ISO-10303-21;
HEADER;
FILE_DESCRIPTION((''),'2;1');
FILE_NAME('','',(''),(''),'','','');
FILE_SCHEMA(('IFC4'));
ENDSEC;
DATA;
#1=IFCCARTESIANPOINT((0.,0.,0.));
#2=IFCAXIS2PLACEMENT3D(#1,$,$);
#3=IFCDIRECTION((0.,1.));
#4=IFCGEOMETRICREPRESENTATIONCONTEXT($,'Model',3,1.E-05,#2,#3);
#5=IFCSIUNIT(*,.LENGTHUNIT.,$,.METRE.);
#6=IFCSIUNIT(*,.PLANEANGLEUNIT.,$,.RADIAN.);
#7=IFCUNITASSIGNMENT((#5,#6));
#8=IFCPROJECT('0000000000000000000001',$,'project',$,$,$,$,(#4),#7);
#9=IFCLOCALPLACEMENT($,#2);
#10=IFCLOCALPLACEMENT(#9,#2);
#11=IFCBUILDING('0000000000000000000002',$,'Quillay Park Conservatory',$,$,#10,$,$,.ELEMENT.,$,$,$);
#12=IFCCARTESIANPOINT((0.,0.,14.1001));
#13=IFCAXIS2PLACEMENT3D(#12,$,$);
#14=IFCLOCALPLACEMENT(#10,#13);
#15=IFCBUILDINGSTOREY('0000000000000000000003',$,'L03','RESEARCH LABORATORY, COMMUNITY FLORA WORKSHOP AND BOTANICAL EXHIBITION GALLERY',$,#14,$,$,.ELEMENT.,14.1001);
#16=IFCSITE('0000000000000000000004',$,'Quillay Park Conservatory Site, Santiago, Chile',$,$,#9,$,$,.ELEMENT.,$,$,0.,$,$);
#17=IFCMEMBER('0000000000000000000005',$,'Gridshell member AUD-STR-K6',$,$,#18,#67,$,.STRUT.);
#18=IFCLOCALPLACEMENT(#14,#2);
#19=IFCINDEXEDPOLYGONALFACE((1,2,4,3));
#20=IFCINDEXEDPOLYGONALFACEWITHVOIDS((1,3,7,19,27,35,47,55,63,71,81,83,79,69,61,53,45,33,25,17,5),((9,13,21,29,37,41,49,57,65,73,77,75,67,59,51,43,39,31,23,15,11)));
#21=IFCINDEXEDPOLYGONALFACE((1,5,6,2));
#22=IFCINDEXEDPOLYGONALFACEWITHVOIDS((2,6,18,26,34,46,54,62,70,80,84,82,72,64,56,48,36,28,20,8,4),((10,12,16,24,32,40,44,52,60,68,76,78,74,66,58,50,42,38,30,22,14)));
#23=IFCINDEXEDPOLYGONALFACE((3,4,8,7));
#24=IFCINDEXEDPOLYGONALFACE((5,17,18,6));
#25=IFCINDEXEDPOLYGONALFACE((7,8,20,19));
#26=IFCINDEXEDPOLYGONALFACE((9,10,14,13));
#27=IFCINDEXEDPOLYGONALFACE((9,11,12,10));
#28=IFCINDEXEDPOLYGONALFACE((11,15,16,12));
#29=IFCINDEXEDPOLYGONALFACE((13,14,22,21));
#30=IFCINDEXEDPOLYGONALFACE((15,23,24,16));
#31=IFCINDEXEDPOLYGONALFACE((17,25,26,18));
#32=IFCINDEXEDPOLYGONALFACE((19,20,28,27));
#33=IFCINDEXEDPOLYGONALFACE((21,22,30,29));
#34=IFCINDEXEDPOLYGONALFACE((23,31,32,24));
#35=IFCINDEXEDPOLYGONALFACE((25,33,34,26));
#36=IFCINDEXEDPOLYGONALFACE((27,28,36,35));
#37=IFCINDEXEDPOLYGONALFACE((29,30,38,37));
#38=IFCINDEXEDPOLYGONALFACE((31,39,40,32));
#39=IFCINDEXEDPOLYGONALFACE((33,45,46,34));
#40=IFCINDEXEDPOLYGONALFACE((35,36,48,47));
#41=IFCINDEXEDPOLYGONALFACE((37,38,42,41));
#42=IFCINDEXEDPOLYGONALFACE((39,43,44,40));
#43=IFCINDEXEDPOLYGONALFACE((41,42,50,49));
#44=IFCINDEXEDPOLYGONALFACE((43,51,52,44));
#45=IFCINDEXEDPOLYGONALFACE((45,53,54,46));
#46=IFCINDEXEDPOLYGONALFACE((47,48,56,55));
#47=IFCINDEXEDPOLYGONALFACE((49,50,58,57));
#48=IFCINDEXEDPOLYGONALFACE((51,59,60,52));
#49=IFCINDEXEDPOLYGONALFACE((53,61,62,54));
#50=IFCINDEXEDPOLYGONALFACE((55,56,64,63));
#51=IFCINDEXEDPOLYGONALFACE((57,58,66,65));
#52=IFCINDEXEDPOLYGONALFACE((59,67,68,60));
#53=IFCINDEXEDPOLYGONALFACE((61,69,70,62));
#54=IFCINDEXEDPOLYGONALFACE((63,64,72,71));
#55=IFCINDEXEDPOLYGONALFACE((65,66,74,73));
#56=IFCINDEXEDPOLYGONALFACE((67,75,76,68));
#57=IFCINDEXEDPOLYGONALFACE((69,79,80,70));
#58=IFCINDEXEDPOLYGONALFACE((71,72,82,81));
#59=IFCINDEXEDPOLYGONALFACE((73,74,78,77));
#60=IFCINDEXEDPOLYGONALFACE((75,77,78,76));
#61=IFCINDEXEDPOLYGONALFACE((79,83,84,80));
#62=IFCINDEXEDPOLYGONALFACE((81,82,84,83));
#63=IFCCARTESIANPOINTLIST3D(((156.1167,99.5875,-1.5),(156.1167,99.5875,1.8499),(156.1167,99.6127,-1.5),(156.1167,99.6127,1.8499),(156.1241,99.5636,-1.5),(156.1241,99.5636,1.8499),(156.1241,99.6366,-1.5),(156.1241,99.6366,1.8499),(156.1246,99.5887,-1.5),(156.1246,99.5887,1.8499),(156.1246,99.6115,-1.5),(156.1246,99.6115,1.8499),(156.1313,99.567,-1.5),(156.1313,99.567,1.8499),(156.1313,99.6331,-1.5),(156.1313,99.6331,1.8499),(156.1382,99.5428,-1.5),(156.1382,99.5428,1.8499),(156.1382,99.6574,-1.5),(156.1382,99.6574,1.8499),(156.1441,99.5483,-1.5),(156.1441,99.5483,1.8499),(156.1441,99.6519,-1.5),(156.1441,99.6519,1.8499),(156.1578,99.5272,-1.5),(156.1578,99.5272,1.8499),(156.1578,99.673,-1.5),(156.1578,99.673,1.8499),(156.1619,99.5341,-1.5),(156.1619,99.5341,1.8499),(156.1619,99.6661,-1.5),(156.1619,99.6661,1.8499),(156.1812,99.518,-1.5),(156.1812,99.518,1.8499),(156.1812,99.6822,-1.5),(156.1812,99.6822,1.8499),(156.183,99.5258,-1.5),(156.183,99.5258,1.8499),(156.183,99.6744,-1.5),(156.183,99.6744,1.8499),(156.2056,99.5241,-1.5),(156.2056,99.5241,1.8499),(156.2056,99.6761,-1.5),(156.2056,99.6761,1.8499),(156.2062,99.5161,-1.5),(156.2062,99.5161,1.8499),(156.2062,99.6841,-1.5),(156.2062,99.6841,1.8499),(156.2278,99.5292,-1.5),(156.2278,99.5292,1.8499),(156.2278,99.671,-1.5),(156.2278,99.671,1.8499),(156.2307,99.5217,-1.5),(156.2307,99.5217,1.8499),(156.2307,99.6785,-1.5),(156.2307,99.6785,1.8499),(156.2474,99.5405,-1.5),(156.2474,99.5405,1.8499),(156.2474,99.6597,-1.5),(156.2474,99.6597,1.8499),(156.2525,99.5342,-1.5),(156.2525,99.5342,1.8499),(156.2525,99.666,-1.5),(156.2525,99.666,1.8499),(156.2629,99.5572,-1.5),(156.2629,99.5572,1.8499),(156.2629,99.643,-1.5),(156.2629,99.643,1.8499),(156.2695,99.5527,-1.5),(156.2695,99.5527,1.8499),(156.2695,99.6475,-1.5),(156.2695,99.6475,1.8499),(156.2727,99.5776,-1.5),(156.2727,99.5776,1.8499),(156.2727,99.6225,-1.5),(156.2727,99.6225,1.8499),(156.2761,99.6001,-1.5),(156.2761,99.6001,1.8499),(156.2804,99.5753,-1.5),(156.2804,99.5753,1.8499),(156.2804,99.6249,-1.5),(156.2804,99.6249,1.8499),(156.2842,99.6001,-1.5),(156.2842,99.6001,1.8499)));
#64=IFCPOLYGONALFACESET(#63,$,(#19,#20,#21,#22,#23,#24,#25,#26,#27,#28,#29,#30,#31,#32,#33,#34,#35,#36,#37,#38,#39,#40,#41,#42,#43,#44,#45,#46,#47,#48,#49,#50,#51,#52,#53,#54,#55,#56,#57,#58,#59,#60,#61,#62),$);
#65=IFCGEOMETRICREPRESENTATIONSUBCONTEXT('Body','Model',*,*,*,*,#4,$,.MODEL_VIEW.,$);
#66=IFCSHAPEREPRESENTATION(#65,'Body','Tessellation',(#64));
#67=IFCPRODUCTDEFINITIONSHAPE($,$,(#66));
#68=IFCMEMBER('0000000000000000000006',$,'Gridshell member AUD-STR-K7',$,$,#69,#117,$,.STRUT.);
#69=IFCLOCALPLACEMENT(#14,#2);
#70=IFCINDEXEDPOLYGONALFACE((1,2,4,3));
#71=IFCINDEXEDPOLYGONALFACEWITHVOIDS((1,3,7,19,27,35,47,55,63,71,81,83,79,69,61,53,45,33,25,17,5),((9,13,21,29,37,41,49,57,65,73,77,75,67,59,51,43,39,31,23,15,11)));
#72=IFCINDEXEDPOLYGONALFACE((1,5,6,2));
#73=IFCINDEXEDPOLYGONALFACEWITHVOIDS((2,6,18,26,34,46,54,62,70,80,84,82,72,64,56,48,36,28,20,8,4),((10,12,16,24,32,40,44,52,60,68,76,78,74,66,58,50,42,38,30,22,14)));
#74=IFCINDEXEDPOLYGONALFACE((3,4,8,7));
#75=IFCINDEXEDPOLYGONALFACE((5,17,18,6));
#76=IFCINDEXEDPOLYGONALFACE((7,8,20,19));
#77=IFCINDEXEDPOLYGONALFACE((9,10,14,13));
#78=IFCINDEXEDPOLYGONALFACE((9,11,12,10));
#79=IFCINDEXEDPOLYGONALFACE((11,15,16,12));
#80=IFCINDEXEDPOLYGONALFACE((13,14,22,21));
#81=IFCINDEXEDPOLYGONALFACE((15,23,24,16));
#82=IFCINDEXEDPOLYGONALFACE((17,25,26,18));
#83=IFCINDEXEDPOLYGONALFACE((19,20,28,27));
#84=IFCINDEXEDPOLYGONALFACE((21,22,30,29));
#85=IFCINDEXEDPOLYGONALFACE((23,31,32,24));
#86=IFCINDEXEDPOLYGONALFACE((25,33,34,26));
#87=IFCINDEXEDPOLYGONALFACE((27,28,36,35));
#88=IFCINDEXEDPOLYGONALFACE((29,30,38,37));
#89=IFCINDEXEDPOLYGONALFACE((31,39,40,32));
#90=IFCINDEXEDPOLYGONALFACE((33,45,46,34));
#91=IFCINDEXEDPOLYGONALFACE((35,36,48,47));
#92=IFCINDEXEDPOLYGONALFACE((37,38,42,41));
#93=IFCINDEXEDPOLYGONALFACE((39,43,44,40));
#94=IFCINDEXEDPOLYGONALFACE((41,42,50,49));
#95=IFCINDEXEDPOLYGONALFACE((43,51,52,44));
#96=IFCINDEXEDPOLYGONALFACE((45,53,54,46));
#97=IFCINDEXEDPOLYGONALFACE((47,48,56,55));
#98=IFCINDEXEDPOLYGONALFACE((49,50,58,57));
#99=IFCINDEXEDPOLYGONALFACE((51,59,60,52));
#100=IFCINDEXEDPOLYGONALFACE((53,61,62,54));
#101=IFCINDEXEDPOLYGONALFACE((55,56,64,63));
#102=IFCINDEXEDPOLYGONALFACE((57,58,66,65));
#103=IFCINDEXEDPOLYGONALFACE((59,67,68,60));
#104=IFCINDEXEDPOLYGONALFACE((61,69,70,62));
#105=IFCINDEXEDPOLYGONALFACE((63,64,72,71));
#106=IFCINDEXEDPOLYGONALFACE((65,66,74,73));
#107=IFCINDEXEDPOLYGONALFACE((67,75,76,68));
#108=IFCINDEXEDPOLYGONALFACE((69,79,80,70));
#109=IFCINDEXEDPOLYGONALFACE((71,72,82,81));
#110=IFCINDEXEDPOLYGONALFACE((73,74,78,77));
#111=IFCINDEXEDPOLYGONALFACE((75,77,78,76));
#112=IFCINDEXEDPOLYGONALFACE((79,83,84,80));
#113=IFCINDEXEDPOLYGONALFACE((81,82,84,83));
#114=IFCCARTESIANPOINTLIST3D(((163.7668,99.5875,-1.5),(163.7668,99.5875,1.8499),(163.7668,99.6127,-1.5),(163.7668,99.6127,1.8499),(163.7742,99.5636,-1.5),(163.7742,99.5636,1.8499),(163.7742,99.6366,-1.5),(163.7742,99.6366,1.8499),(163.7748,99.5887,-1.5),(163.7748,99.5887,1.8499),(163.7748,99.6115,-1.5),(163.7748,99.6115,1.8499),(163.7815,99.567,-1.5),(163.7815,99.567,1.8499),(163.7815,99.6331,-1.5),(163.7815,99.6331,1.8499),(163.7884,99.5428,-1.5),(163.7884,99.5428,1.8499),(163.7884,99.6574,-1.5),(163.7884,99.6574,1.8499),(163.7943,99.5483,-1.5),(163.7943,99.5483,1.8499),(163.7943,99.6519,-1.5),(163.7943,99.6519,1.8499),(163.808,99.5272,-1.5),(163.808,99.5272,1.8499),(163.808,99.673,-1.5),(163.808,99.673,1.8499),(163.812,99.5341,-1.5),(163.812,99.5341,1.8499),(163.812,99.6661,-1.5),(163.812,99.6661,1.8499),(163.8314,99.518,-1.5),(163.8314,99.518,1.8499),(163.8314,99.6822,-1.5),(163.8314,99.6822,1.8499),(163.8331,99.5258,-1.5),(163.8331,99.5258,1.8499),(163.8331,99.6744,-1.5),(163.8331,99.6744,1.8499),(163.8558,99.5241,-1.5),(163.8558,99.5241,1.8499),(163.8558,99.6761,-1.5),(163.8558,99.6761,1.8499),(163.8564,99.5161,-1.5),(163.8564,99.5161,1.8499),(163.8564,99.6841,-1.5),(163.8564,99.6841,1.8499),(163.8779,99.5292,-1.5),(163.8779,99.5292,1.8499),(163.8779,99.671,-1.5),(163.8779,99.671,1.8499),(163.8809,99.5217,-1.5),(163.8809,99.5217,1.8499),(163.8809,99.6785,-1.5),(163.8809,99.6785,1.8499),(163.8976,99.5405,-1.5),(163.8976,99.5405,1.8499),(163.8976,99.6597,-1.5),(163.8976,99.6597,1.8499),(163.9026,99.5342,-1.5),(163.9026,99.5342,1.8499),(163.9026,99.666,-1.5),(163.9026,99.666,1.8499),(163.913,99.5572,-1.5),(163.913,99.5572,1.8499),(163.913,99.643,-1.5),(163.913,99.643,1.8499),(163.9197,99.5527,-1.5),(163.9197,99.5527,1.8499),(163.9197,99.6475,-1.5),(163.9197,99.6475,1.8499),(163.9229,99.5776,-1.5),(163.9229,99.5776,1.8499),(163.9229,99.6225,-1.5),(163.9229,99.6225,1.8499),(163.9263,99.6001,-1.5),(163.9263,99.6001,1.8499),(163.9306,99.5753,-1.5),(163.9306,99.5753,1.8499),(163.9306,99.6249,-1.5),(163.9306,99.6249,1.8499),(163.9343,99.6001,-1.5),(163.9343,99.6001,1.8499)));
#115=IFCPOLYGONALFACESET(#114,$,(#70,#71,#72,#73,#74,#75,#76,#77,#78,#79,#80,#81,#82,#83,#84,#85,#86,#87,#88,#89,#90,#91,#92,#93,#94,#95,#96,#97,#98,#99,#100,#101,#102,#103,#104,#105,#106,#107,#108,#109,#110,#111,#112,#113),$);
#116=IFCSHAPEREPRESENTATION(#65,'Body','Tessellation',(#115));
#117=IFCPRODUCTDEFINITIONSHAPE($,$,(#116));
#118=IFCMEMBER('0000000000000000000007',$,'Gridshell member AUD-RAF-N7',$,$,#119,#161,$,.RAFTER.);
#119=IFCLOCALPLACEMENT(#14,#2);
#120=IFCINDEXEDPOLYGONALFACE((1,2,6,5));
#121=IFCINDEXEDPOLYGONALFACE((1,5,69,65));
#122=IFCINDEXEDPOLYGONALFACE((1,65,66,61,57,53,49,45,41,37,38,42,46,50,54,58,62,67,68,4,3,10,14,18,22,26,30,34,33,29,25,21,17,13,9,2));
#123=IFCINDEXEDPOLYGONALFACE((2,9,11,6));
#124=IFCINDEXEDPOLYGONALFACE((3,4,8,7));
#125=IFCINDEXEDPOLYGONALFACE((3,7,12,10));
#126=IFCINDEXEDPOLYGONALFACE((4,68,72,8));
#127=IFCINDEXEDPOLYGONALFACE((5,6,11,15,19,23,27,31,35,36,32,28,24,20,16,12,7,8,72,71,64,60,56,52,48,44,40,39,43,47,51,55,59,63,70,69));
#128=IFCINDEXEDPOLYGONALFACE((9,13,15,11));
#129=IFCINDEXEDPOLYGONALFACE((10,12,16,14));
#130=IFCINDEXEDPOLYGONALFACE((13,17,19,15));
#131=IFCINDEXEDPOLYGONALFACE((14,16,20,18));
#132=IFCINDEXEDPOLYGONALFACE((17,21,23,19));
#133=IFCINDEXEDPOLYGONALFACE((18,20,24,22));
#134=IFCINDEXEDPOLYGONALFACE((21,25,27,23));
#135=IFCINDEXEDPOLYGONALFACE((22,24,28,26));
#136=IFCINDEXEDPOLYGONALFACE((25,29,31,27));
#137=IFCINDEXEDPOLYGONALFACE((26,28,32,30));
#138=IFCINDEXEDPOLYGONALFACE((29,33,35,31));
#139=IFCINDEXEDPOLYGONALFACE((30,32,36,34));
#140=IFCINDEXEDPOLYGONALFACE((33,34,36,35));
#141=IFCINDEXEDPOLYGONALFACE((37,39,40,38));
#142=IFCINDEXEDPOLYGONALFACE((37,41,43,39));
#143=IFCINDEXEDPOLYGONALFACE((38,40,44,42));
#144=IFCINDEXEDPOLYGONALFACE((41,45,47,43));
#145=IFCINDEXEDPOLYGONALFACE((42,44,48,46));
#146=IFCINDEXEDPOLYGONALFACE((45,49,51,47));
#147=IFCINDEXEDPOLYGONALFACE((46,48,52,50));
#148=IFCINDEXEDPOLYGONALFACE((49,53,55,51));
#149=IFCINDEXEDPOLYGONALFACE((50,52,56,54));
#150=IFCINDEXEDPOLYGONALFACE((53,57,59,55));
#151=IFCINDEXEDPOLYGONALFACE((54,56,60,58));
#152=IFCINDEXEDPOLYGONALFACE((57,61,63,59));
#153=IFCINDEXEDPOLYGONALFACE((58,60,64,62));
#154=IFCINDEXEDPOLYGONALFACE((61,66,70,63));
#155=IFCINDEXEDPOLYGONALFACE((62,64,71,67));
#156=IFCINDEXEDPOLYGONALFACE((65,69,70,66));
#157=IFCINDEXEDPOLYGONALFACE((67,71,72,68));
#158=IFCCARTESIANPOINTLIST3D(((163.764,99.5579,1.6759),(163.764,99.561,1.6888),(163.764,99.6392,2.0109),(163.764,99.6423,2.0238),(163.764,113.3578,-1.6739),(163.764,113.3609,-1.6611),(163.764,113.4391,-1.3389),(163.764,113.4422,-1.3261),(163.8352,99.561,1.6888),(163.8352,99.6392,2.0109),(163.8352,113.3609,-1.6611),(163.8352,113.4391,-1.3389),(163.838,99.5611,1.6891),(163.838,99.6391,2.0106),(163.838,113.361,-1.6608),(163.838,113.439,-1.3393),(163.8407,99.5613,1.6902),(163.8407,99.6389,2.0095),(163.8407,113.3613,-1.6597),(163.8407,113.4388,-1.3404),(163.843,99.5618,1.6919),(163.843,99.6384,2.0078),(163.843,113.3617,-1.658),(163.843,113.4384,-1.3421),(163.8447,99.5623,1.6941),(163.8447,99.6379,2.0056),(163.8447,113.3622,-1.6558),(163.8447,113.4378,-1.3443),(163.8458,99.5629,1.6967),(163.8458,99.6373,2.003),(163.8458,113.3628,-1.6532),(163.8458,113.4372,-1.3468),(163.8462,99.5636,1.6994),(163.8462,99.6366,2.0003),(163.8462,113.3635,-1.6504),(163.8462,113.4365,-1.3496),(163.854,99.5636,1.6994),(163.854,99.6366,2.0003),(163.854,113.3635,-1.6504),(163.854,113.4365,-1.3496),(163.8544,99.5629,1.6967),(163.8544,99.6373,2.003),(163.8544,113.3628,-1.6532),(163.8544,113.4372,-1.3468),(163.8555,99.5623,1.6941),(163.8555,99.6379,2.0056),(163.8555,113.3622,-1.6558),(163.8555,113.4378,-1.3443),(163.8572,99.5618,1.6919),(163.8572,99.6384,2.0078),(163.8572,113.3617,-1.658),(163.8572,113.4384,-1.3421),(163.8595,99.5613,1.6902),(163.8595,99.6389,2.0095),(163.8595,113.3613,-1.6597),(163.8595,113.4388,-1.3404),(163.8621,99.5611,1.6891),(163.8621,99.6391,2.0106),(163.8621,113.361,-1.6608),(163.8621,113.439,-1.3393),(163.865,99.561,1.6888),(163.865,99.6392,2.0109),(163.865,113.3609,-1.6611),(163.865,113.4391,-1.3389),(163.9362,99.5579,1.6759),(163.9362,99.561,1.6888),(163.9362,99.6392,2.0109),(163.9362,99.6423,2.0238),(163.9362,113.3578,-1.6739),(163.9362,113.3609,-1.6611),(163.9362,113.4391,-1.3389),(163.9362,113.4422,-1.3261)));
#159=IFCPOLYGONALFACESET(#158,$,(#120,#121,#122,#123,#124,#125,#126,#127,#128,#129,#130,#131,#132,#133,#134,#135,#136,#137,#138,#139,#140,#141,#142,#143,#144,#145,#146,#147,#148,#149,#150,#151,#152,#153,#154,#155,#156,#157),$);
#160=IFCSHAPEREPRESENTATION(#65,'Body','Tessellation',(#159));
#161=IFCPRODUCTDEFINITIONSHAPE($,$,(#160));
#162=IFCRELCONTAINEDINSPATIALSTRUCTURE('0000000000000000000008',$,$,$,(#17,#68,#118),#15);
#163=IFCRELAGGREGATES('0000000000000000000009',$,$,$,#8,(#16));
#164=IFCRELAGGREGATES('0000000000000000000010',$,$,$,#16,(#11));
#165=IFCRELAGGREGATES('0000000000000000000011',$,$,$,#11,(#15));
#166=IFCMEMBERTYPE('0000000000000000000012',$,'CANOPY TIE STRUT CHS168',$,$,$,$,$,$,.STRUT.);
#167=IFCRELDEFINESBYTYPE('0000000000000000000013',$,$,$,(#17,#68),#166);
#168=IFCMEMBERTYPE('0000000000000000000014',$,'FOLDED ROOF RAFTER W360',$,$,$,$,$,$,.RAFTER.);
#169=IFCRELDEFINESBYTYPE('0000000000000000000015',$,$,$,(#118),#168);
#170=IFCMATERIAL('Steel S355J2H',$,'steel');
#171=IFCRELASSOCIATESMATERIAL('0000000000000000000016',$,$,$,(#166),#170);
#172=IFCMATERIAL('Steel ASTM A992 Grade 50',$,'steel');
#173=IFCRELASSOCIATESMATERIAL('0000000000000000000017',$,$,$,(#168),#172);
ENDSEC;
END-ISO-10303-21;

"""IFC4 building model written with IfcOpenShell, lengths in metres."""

from ifc_helpers import new_model, si_unit, direction, frame, origin, origin_2d, place, context, subcontext, project, spatial, hollow_circle, i_section, extrude, material, material_profile, profile_set, type_object, element, save


model = new_model("IFC4")

# Units and contexts
model_context = context("Model", 3, precision=1e-05, world=origin(), true_north=direction((0.0, 1.0)))
body_context = subcontext(model_context, "Body", "Model", "MODEL_VIEW")
ifc_project = project(units=[si_unit("LENGTHUNIT", "METRE"), si_unit("PLANEANGLEUNIT", "RADIAN")], contexts=[model_context])

# Site, building, storey
site_placement = place(None, origin())
site = spatial("IfcSite", under=ifc_project, at=site_placement, Name="Quillay Park Conservatory Site, Santiago, Chile", CompositionType="ELEMENT", RefElevation=0.0)
building_placement = place(site_placement, origin())
building = spatial("IfcBuilding", under=site, at=building_placement, Name="Quillay Park Conservatory", CompositionType="ELEMENT")
storey_placement = place(building_placement, frame((0.0, 0.0, 14.1001)))
storey = spatial("IfcBuildingStorey", under=building, at=storey_placement, Name="L03", Description="RESEARCH LABORATORY, COMMUNITY FLORA WORKSHOP AND BOTANICAL EXHIBITION GALLERY", CompositionType="ELEMENT", Elevation=14.1001)

# Members
ifc_material_1 = material(Name="Steel S355J2H", Category="steel")
ifc_material_profile_1 = material_profile(ifc_material_1, hollow_circle(Radius=0.0842, WallThickness=0.0081, at=origin_2d()), Name="CHS168.3x8")
ifc_profile_set_1 = profile_set([ifc_material_profile_1], Name="Steel S355J2H")
member_type_1 = type_object("IfcMemberType", Name="CANOPY TIE STRUT CHS168", PredefinedType="STRUT", material=ifc_profile_set_1)
for number, where, z_axis, x_axis, name in (
    (1, (156.2, 99.6001, -1.5), (0.0, 0.0, 1.0), (1.0, 0.0, 0.0), "Gridshell member AUD-STR-K6"),
    (2, (163.8501, 99.6001, -1.5), (0.0, 0.0, 1.0), (1.0, 0.0, 0.0), "Gridshell member AUD-STR-K7"),
):
    element("IfcMember", number, at=place(storey_placement, frame(where, z_axis=z_axis, x_axis=x_axis)), inside=storey, type_object=member_type_1, Name=name, PredefinedType="STRUT", context=body_context, shape_type="SweptSolid", body=[
        extrude(hollow_circle(Radius=0.0842, WallThickness=0.0081, at=origin_2d()), origin(), (0.0, 0.0, 1.0), 3.3499),
    ])
ifc_material_2 = material(Name="Steel ASTM A992 Grade 50", Category="steel")
ifc_material_profile_2 = material_profile(ifc_material_2, i_section(OverallWidth=0.1721, OverallDepth=0.3579, WebThickness=0.0078, FlangeThickness=0.0132, FilletRadius=0.011, at=origin_2d()), Name="W360x57")
ifc_profile_set_2 = profile_set([ifc_material_profile_2], Name="Steel ASTM A992 Grade 50")
member_type_2 = type_object("IfcMemberType", Name="FOLDED ROOF RAFTER W360", PredefinedType="RAFTER", material=ifc_profile_set_2)
member_placement = place(storey_placement, frame((163.8501, 99.6001, 1.8499), z_axis=(0.0, 0.971778, -0.235896), x_axis=(-1.0, 0.0, 0.0)))
element("IfcMember", 3, at=member_placement, inside=storey, type_object=member_type_2, Name="Gridshell member AUD-RAF-N7", PredefinedType="RAFTER", context=body_context, shape_type="SweptSolid", body=[
    extrude(i_section(OverallWidth=0.1721, OverallDepth=0.3579, WebThickness=0.0078, FlangeThickness=0.0132, FilletRadius=0.011, at=origin_2d()), origin(), (0.0, 0.0, 1.0), 14.2007),
])

save(model, "model.ifc")
